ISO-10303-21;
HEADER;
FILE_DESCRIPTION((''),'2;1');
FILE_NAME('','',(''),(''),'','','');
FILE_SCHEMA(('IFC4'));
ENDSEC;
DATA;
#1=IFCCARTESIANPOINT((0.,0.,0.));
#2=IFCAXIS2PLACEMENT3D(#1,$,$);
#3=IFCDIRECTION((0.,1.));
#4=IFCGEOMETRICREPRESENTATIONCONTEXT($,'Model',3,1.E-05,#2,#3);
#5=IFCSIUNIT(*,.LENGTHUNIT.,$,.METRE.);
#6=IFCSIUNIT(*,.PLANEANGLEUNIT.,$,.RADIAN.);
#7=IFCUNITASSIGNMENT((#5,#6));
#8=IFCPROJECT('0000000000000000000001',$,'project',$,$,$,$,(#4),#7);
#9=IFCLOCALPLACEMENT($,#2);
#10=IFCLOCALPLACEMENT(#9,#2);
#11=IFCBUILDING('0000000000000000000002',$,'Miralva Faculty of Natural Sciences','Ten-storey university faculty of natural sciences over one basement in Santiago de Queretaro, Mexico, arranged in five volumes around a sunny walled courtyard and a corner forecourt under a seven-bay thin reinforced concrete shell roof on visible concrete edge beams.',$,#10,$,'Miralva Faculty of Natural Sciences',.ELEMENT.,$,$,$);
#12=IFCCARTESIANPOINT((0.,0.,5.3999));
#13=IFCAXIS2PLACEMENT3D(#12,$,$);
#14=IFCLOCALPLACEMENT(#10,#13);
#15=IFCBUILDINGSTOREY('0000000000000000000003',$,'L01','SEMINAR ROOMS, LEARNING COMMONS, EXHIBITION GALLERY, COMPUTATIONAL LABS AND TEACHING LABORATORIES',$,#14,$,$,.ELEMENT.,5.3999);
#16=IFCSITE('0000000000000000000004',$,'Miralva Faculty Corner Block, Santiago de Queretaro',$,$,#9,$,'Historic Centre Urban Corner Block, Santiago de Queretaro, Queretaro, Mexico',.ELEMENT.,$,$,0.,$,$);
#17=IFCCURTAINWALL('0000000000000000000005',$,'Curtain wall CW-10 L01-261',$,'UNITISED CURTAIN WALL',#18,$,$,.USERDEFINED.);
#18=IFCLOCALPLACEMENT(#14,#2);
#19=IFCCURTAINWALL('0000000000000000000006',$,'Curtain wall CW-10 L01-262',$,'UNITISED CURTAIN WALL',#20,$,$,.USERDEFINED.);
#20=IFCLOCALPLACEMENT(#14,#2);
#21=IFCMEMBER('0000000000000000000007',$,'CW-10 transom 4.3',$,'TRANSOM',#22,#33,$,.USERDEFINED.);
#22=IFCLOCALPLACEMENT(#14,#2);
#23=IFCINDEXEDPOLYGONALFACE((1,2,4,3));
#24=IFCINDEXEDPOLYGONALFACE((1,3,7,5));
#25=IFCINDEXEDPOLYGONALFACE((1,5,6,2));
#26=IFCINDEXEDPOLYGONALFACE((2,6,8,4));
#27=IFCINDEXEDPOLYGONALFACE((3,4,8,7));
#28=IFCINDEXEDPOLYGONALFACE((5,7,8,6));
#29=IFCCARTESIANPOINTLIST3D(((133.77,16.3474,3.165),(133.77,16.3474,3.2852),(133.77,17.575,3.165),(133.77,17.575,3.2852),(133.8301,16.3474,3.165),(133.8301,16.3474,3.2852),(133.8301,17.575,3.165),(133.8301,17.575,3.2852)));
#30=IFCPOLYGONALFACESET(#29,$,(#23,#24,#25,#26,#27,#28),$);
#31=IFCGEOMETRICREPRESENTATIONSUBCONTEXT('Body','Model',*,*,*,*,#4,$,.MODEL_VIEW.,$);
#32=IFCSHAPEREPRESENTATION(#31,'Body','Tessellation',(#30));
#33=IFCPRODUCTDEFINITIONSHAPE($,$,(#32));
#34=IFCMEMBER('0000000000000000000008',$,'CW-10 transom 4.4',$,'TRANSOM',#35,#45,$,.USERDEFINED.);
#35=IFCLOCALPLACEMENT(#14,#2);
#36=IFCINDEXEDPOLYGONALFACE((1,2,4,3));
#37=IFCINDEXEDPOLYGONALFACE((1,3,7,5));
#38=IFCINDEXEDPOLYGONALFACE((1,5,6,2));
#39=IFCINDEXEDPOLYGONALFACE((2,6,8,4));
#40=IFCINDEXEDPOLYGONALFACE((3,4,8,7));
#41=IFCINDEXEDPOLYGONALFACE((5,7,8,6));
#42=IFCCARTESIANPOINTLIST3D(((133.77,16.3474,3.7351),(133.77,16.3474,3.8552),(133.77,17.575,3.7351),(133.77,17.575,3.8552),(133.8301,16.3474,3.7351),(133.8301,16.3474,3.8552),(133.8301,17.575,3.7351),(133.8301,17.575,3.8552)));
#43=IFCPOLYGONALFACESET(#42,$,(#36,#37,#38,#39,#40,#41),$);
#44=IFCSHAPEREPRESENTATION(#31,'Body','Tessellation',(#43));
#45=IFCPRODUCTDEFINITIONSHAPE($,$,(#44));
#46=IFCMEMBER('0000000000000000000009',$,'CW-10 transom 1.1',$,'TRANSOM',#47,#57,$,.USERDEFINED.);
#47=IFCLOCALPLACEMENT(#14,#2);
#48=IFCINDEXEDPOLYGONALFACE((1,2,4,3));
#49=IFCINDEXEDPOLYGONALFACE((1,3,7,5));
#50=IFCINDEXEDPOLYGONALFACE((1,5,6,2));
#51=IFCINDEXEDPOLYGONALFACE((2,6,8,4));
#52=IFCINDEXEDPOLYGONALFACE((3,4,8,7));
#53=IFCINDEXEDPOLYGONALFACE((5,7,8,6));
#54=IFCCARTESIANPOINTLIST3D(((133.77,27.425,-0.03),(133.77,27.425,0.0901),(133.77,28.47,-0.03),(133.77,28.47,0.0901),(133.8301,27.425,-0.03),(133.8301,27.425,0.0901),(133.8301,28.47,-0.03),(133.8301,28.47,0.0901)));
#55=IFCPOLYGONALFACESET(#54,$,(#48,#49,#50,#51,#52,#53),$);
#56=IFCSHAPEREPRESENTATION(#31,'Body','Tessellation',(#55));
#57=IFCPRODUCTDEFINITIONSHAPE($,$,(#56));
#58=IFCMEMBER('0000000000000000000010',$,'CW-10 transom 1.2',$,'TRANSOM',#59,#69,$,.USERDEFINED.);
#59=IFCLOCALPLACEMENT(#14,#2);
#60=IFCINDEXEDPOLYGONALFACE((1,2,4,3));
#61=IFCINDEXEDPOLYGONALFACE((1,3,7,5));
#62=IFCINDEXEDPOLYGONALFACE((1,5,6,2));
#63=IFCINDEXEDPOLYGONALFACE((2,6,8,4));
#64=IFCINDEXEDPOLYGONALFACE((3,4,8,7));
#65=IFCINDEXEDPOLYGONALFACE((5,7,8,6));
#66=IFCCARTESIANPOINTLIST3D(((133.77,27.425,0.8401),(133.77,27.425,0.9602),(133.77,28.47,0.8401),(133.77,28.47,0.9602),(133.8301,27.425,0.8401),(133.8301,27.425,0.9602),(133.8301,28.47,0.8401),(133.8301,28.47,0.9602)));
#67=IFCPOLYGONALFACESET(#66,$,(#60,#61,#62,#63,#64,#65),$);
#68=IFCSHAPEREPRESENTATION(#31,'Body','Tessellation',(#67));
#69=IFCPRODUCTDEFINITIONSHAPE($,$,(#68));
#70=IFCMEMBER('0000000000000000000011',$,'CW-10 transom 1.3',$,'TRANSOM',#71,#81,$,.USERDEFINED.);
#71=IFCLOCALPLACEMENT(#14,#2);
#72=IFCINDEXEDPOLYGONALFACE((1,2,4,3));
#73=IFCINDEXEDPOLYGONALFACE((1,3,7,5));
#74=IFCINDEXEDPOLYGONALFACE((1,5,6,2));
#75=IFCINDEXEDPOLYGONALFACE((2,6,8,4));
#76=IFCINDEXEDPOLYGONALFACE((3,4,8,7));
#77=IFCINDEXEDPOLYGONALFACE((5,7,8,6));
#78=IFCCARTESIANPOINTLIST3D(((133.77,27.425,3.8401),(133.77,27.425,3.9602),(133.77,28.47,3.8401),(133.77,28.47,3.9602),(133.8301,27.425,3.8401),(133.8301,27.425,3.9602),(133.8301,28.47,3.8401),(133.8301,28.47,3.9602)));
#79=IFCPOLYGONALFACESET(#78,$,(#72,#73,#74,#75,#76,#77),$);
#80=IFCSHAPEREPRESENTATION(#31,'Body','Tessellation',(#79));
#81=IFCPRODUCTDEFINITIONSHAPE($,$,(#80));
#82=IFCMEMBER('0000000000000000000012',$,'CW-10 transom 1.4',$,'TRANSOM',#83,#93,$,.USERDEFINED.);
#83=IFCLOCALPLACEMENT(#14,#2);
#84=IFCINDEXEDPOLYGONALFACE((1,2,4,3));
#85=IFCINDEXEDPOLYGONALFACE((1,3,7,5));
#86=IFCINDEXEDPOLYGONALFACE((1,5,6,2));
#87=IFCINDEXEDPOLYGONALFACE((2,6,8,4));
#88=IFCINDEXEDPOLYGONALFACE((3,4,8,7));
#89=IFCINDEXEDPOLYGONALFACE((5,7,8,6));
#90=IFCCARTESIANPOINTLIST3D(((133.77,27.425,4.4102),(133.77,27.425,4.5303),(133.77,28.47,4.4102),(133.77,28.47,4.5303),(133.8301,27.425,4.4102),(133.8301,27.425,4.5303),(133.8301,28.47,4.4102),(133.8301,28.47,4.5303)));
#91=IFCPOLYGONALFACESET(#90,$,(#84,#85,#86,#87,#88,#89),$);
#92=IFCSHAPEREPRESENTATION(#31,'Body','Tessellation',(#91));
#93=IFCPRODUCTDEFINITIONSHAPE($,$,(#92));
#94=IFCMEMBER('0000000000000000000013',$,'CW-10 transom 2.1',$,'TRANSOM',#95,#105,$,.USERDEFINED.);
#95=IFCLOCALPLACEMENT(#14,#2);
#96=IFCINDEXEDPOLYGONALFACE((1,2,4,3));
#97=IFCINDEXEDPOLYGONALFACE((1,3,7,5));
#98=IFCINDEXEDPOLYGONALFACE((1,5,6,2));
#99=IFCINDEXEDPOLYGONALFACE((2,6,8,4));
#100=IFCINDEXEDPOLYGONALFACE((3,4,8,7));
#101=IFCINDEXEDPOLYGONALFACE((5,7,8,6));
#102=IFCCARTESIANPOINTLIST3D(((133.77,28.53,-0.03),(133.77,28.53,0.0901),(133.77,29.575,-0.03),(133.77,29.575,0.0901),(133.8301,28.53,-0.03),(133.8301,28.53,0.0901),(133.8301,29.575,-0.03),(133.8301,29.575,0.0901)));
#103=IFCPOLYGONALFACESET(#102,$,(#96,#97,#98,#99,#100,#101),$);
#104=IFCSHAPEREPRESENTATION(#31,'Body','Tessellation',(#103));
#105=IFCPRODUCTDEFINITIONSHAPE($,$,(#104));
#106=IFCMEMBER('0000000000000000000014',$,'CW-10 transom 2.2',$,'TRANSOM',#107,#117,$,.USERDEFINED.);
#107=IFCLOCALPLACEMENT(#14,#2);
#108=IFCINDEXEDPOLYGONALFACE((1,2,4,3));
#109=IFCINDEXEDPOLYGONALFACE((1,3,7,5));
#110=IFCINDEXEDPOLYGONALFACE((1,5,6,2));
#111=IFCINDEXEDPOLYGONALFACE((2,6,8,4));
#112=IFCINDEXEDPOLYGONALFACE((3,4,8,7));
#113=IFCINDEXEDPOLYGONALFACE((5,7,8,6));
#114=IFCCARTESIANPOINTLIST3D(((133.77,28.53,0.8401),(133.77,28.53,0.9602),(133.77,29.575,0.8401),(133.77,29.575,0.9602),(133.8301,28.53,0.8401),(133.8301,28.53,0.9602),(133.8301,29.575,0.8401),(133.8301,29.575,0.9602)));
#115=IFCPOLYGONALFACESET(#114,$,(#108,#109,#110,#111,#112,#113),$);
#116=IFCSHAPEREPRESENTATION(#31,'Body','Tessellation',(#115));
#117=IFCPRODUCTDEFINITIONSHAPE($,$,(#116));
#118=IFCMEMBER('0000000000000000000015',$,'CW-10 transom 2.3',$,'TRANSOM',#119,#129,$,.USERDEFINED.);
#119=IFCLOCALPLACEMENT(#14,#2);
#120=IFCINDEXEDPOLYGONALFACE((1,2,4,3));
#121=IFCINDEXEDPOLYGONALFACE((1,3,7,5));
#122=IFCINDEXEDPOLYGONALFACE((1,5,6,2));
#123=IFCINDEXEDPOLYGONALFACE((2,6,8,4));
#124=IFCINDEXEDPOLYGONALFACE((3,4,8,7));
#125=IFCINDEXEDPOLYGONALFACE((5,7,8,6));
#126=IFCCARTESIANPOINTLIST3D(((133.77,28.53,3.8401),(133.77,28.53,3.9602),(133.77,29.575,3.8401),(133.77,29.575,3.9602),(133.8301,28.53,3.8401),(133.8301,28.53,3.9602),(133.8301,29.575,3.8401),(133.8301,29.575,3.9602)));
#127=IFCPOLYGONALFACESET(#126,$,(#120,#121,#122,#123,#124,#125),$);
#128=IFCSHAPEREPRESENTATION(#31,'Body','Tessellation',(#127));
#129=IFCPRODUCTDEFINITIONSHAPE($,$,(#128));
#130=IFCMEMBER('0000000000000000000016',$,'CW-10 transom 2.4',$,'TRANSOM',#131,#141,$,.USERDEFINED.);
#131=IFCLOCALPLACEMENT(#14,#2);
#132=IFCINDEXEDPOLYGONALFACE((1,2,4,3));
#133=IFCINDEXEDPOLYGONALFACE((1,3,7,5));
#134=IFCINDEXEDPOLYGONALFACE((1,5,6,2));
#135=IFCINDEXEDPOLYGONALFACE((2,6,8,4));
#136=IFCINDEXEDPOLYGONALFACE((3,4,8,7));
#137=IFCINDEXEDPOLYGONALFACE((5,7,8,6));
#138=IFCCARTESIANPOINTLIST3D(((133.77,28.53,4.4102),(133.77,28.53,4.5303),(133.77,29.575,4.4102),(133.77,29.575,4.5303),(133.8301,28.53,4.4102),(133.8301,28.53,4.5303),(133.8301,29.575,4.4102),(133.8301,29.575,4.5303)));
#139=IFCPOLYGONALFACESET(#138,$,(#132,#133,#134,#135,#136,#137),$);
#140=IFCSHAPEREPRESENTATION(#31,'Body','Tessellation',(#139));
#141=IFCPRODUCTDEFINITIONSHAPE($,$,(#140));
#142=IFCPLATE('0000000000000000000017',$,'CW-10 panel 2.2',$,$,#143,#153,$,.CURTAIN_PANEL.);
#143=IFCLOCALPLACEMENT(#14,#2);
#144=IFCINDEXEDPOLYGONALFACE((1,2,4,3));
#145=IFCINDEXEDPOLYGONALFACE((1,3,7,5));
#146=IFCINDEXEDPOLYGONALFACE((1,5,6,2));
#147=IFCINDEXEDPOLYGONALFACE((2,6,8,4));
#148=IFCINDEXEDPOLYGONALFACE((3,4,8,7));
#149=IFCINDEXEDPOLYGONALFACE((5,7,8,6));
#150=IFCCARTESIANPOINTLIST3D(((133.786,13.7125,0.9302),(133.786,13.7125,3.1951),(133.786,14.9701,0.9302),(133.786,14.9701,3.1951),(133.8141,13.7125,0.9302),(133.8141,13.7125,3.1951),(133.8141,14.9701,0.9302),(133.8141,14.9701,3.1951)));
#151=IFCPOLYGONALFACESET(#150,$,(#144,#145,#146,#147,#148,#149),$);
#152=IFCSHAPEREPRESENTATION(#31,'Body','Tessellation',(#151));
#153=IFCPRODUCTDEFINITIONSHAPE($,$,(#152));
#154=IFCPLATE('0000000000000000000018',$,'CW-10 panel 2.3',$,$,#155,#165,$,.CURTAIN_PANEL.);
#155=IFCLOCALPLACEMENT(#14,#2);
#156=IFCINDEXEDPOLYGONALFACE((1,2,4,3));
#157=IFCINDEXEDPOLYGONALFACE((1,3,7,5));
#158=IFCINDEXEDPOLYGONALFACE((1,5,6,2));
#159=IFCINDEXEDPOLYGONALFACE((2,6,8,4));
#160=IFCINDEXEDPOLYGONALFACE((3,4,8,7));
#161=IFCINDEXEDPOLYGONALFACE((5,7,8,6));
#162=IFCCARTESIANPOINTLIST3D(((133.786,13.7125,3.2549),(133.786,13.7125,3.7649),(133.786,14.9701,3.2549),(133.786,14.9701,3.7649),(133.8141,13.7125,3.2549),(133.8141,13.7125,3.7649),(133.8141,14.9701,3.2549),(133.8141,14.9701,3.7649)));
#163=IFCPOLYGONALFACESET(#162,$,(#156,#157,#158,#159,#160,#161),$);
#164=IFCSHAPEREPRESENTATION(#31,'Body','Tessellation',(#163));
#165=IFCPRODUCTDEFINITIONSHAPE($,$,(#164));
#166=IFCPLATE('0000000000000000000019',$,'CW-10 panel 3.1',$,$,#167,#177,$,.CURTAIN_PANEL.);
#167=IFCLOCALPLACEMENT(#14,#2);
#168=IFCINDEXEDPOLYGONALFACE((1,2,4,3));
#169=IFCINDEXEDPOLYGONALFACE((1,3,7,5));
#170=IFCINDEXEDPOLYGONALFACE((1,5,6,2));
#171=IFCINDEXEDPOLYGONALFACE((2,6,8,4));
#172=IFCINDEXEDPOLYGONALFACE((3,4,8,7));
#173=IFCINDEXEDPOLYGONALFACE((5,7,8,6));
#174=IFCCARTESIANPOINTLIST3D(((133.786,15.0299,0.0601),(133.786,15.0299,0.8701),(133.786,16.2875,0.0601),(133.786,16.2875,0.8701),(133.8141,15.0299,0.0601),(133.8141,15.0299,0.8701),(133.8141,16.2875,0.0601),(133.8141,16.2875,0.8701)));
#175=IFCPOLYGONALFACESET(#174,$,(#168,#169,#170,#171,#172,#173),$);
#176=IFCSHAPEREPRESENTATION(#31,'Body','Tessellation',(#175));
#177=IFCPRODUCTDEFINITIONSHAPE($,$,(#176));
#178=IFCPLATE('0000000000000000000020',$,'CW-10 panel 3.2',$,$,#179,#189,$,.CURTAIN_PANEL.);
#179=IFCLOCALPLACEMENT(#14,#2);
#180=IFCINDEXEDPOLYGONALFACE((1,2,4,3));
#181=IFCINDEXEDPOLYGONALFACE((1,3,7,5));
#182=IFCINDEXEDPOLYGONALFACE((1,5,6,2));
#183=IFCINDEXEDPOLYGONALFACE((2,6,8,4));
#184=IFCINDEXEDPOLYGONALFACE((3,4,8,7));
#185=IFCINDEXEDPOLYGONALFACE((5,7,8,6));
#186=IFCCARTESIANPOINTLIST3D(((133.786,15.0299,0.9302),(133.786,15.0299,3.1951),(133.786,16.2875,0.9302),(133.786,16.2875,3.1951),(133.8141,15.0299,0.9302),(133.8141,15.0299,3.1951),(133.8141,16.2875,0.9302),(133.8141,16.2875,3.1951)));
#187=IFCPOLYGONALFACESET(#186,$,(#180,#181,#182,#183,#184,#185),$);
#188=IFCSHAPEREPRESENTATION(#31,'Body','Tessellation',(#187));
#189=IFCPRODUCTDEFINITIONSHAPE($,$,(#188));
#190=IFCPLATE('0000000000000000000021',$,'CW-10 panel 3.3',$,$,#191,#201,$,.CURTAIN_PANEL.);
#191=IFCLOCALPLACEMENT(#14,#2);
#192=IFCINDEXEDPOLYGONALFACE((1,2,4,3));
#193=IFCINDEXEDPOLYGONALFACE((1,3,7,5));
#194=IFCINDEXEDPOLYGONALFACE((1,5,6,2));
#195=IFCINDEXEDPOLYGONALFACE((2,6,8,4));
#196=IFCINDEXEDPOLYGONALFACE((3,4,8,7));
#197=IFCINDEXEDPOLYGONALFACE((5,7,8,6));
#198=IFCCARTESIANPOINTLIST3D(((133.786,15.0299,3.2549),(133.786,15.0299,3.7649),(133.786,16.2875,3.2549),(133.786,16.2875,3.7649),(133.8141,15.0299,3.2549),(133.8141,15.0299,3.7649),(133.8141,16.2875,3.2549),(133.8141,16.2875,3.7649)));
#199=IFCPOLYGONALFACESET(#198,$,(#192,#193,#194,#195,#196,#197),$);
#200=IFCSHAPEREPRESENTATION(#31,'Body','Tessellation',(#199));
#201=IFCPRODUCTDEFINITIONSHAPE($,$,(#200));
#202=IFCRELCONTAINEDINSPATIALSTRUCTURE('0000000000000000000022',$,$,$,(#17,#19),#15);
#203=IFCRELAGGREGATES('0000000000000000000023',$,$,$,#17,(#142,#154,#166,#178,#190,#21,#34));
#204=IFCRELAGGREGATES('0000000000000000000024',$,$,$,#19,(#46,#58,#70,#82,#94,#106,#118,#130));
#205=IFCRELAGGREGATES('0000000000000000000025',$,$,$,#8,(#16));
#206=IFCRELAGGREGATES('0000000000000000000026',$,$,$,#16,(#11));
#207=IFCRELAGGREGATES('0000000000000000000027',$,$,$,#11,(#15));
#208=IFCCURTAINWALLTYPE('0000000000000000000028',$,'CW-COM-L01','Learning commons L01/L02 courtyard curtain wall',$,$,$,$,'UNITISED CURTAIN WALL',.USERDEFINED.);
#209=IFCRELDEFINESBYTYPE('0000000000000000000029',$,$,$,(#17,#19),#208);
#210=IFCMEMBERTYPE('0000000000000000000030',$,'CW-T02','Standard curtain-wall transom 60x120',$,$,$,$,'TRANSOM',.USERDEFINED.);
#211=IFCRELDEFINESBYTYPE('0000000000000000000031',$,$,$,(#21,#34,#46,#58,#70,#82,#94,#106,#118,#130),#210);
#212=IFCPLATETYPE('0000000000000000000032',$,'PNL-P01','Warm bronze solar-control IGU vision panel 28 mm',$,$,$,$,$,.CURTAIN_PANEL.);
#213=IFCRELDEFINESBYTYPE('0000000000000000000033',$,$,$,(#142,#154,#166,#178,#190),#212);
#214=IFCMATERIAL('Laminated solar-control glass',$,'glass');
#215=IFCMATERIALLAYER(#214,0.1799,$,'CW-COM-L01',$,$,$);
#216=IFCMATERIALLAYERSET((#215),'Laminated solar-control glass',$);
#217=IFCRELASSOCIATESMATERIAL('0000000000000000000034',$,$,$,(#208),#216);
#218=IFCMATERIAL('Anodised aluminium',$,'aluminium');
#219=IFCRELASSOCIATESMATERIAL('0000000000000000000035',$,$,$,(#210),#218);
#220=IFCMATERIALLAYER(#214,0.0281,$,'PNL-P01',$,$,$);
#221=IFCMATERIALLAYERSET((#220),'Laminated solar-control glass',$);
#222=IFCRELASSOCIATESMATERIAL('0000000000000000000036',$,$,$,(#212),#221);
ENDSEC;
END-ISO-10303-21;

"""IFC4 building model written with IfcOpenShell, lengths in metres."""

from ifc_helpers import new_model, si_unit, direction, frame, origin, origin_2d, place, context, subcontext, project, spatial, rectangle, extrude, material, layer, layer_set, material_profile, profile_set, type_object, element, aggregate, save


model = new_model("IFC4")

# Units and contexts
model_context = context("Model", 3, precision=1e-05, world=origin(), true_north=direction((0.0, 1.0)))
body_context = subcontext(model_context, "Body", "Model", "MODEL_VIEW")
ifc_project = project(units=[si_unit("LENGTHUNIT", "METRE"), si_unit("PLANEANGLEUNIT", "RADIAN")], contexts=[model_context])

# Site, building, storey
site_placement = place(None, origin())
site = spatial("IfcSite", under=ifc_project, at=site_placement, Name="Miralva Faculty Corner Block, Santiago de Queretaro", LongName="Historic Centre Urban Corner Block, Santiago de Queretaro, Queretaro, Mexico", CompositionType="ELEMENT", RefElevation=0.0)
building_placement = place(site_placement, origin())
building = spatial("IfcBuilding", under=site, at=building_placement, Name="Miralva Faculty of Natural Sciences", Description="Ten-storey university faculty of natural sciences over one basement in Santiago de Queretaro, Mexico, arranged in five volumes around a sunny walled courtyard and a corner forecourt under a seven-bay thin reinforced concrete shell roof on visible concrete edge beams.", LongName="Miralva Faculty of Natural Sciences", CompositionType="ELEMENT")
storey_placement = place(building_placement, frame((0.0, 0.0, 5.3999)))
storey = spatial("IfcBuildingStorey", under=building, at=storey_placement, Name="L01", Description="SEMINAR ROOMS, LEARNING COMMONS, EXHIBITION GALLERY, COMPUTATIONAL LABS AND TEACHING LABORATORIES", CompositionType="ELEMENT", Elevation=5.3999)

# Curtain walls
ifc_material_1 = material(Name="Laminated solar-control glass", Category="glass")
ifc_layer_1 = layer(ifc_material_1, 0.1799, Name="CW-COM-L01")
ifc_layer_set_1 = layer_set([ifc_layer_1], Name="Laminated solar-control glass")
curtain_wall_type = type_object("IfcCurtainWallType", Name="CW-COM-L01", Description="Learning commons L01/L02 courtyard curtain wall", ElementType="UNITISED CURTAIN WALL", PredefinedType="USERDEFINED", material=ifc_layer_set_1)
curtain_wall_1_placement = place(storey_placement, origin())
curtain_wall_1 = element("IfcCurtainWall", 1, at=curtain_wall_1_placement, inside=storey, type_object=curtain_wall_type, Name="Curtain wall CW-10 L01-261", ObjectType="UNITISED CURTAIN WALL", PredefinedType="USERDEFINED")
ifc_material_2 = material(Name="Anodised aluminium", Category="aluminium")
curtain_wall_2_placement = place(storey_placement, origin())
curtain_wall_2 = element("IfcCurtainWall", 2, at=curtain_wall_2_placement, inside=storey, type_object=curtain_wall_type, Name="Curtain wall CW-10 L01-262", ObjectType="UNITISED CURTAIN WALL", PredefinedType="USERDEFINED")

# Members
ifc_material_profile_1 = material_profile(ifc_material_2, rectangle(XDim=0.0601, YDim=0.1201, at=origin_2d()), Name="TRANSOM 60x120")
ifc_profile_set_1 = profile_set([ifc_material_profile_1], Name="Anodised aluminium")
member_type_1 = type_object("IfcMemberType", Name="CW-T02", Description="Standard curtain-wall transom 60x120", ElementType="TRANSOM", PredefinedType="USERDEFINED", material=ifc_profile_set_1)
member_1_placement = place(storey_placement, frame((133.8, 16.3474, 3.2251), z_axis=(0.0, 1.0, 0.0), x_axis=(-1.0, 0.0, 0.0)))
member_1 = element("IfcMember", 3, at=member_1_placement, type_object=member_type_1, Name="CW-10 transom 4.3", ObjectType="TRANSOM", PredefinedType="USERDEFINED", context=body_context, shape_type="SweptSolid", body=[
    extrude(rectangle(XDim=0.0601, YDim=0.1201, at=origin_2d()), origin(), (0.0, 0.0, 1.0), 1.2275),
])
member_2_placement = place(storey_placement, frame((133.8, 16.3474, 3.7952), z_axis=(0.0, 1.0, 0.0), x_axis=(-1.0, 0.0, 0.0)))
member_2 = element("IfcMember", 4, at=member_2_placement, type_object=member_type_1, Name="CW-10 transom 4.4", ObjectType="TRANSOM", PredefinedType="USERDEFINED", context=body_context, shape_type="SweptSolid", body=[
    extrude(rectangle(XDim=0.0601, YDim=0.1201, at=origin_2d()), origin(), (0.0, 0.0, 1.0), 1.2275),
])
member_3_placement = place(storey_placement, frame((133.8, 27.425, 0.03), z_axis=(0.0, 1.0, 0.0), x_axis=(-1.0, 0.0, 0.0)))
member_3 = element("IfcMember", 5, at=member_3_placement, type_object=member_type_1, Name="CW-10 transom 1.1", ObjectType="TRANSOM", PredefinedType="USERDEFINED", context=body_context, shape_type="SweptSolid", body=[
    extrude(rectangle(XDim=0.0601, YDim=0.1201, at=origin_2d()), origin(), (0.0, 0.0, 1.0), 1.0449),
])
member_4_placement = place(storey_placement, frame((133.8, 27.425, 0.9001), z_axis=(0.0, 1.0, 0.0), x_axis=(-1.0, 0.0, 0.0)))
member_4 = element("IfcMember", 6, at=member_4_placement, type_object=member_type_1, Name="CW-10 transom 1.2", ObjectType="TRANSOM", PredefinedType="USERDEFINED", context=body_context, shape_type="SweptSolid", body=[
    extrude(rectangle(XDim=0.0601, YDim=0.1201, at=origin_2d()), origin(), (0.0, 0.0, 1.0), 1.0449),
])
member_5_placement = place(storey_placement, frame((133.8, 27.425, 3.9001), z_axis=(0.0, 1.0, 0.0), x_axis=(-1.0, 0.0, 0.0)))
member_5 = element("IfcMember", 7, at=member_5_placement, type_object=member_type_1, Name="CW-10 transom 1.3", ObjectType="TRANSOM", PredefinedType="USERDEFINED", context=body_context, shape_type="SweptSolid", body=[
    extrude(rectangle(XDim=0.0601, YDim=0.1201, at=origin_2d()), origin(), (0.0, 0.0, 1.0), 1.0449),
])
member_6_placement = place(storey_placement, frame((133.8, 27.425, 4.4702), z_axis=(0.0, 1.0, 0.0), x_axis=(-1.0, 0.0, 0.0)))
member_6 = element("IfcMember", 8, at=member_6_placement, type_object=member_type_1, Name="CW-10 transom 1.4", ObjectType="TRANSOM", PredefinedType="USERDEFINED", context=body_context, shape_type="SweptSolid", body=[
    extrude(rectangle(XDim=0.0601, YDim=0.1201, at=origin_2d()), origin(), (0.0, 0.0, 1.0), 1.0449),
])
member_7_placement = place(storey_placement, frame((133.8, 28.53, 0.03), z_axis=(0.0, 1.0, 0.0), x_axis=(-1.0, 0.0, 0.0)))
member_7 = element("IfcMember", 9, at=member_7_placement, type_object=member_type_1, Name="CW-10 transom 2.1", ObjectType="TRANSOM", PredefinedType="USERDEFINED", context=body_context, shape_type="SweptSolid", body=[
    extrude(rectangle(XDim=0.0601, YDim=0.1201, at=origin_2d()), origin(), (0.0, 0.0, 1.0), 1.0449),
])
member_8_placement = place(storey_placement, frame((133.8, 28.53, 0.9001), z_axis=(0.0, 1.0, 0.0), x_axis=(-1.0, 0.0, 0.0)))
member_8 = element("IfcMember", 10, at=member_8_placement, type_object=member_type_1, Name="CW-10 transom 2.2", ObjectType="TRANSOM", PredefinedType="USERDEFINED", context=body_context, shape_type="SweptSolid", body=[
    extrude(rectangle(XDim=0.0601, YDim=0.1201, at=origin_2d()), origin(), (0.0, 0.0, 1.0), 1.0449),
])
member_9_placement = place(storey_placement, frame((133.8, 28.53, 3.9001), z_axis=(0.0, 1.0, 0.0), x_axis=(-1.0, 0.0, 0.0)))
member_9 = element("IfcMember", 11, at=member_9_placement, type_object=member_type_1, Name="CW-10 transom 2.3", ObjectType="TRANSOM", PredefinedType="USERDEFINED", context=body_context, shape_type="SweptSolid", body=[
    extrude(rectangle(XDim=0.0601, YDim=0.1201, at=origin_2d()), origin(), (0.0, 0.0, 1.0), 1.0449),
])
member_10_placement = place(storey_placement, frame((133.8, 28.53, 4.4702), z_axis=(0.0, 1.0, 0.0), x_axis=(-1.0, 0.0, 0.0)))
member_10 = element("IfcMember", 12, at=member_10_placement, type_object=member_type_1, Name="CW-10 transom 2.4", ObjectType="TRANSOM", PredefinedType="USERDEFINED", context=body_context, shape_type="SweptSolid", body=[
    extrude(rectangle(XDim=0.0601, YDim=0.1201, at=origin_2d()), origin(), (0.0, 0.0, 1.0), 1.0449),
])

# Plates
ifc_layer_2 = layer(ifc_material_1, 0.0281, Name="PNL-P01")
ifc_layer_set_2 = layer_set([ifc_layer_2], Name="Laminated solar-control glass")
plate_type = type_object("IfcPlateType", Name="PNL-P01", Description="Warm bronze solar-control IGU vision panel 28 mm", PredefinedType="CURTAIN_PANEL", material=ifc_layer_set_2)
plate_1_placement = place(storey_placement, frame((133.8, 14.3413, 0.9302), z_axis=(0.0, 0.0, 1.0), x_axis=(0.0, 1.0, 0.0)))
plate_1 = element("IfcPlate", 13, at=plate_1_placement, type_object=plate_type, Name="CW-10 panel 2.2", PredefinedType="CURTAIN_PANEL", context=body_context, shape_type="SweptSolid", body=[
    extrude(rectangle(XDim=1.2576, YDim=0.0281, at=origin_2d()), origin(), (0.0, 0.0, 1.0), 2.2649),
])
plate_2_placement = place(storey_placement, frame((133.8, 14.3413, 3.2549), z_axis=(0.0, 0.0, 1.0), x_axis=(0.0, 1.0, 0.0)))
plate_2 = element("IfcPlate", 14, at=plate_2_placement, type_object=plate_type, Name="CW-10 panel 2.3", PredefinedType="CURTAIN_PANEL", context=body_context, shape_type="SweptSolid", body=[
    extrude(rectangle(XDim=1.2576, YDim=0.0281, at=origin_2d()), origin(), (0.0, 0.0, 1.0), 0.51),
])
plate_3_placement = place(storey_placement, frame((133.8, 15.6587, 0.0601), z_axis=(0.0, 0.0, 1.0), x_axis=(0.0, 1.0, 0.0)))
plate_3 = element("IfcPlate", 15, at=plate_3_placement, type_object=plate_type, Name="CW-10 panel 3.1", PredefinedType="CURTAIN_PANEL", context=body_context, shape_type="SweptSolid", body=[
    extrude(rectangle(XDim=1.2576, YDim=0.0281, at=origin_2d()), origin(), (0.0, 0.0, 1.0), 0.8101),
])
plate_4_placement = place(storey_placement, frame((133.8, 15.6587, 0.9302), z_axis=(0.0, 0.0, 1.0), x_axis=(0.0, 1.0, 0.0)))
plate_4 = element("IfcPlate", 16, at=plate_4_placement, type_object=plate_type, Name="CW-10 panel 3.2", PredefinedType="CURTAIN_PANEL", context=body_context, shape_type="SweptSolid", body=[
    extrude(rectangle(XDim=1.2576, YDim=0.0281, at=origin_2d()), origin(), (0.0, 0.0, 1.0), 2.2649),
])
plate_5_placement = place(storey_placement, frame((133.8, 15.6587, 3.2549), z_axis=(0.0, 0.0, 1.0), x_axis=(0.0, 1.0, 0.0)))
plate_5 = element("IfcPlate", 17, at=plate_5_placement, type_object=plate_type, Name="CW-10 panel 3.3", PredefinedType="CURTAIN_PANEL", context=body_context, shape_type="SweptSolid", body=[
    extrude(rectangle(XDim=1.2576, YDim=0.0281, at=origin_2d()), origin(), (0.0, 0.0, 1.0), 0.51),
])
aggregate(curtain_wall_1, [plate_1, plate_2, plate_3, plate_4, plate_5, member_1, member_2])
aggregate(curtain_wall_2, [member_3, member_4, member_5, member_6, member_7, member_8, member_9, member_10])

save(model, "model.ifc")
